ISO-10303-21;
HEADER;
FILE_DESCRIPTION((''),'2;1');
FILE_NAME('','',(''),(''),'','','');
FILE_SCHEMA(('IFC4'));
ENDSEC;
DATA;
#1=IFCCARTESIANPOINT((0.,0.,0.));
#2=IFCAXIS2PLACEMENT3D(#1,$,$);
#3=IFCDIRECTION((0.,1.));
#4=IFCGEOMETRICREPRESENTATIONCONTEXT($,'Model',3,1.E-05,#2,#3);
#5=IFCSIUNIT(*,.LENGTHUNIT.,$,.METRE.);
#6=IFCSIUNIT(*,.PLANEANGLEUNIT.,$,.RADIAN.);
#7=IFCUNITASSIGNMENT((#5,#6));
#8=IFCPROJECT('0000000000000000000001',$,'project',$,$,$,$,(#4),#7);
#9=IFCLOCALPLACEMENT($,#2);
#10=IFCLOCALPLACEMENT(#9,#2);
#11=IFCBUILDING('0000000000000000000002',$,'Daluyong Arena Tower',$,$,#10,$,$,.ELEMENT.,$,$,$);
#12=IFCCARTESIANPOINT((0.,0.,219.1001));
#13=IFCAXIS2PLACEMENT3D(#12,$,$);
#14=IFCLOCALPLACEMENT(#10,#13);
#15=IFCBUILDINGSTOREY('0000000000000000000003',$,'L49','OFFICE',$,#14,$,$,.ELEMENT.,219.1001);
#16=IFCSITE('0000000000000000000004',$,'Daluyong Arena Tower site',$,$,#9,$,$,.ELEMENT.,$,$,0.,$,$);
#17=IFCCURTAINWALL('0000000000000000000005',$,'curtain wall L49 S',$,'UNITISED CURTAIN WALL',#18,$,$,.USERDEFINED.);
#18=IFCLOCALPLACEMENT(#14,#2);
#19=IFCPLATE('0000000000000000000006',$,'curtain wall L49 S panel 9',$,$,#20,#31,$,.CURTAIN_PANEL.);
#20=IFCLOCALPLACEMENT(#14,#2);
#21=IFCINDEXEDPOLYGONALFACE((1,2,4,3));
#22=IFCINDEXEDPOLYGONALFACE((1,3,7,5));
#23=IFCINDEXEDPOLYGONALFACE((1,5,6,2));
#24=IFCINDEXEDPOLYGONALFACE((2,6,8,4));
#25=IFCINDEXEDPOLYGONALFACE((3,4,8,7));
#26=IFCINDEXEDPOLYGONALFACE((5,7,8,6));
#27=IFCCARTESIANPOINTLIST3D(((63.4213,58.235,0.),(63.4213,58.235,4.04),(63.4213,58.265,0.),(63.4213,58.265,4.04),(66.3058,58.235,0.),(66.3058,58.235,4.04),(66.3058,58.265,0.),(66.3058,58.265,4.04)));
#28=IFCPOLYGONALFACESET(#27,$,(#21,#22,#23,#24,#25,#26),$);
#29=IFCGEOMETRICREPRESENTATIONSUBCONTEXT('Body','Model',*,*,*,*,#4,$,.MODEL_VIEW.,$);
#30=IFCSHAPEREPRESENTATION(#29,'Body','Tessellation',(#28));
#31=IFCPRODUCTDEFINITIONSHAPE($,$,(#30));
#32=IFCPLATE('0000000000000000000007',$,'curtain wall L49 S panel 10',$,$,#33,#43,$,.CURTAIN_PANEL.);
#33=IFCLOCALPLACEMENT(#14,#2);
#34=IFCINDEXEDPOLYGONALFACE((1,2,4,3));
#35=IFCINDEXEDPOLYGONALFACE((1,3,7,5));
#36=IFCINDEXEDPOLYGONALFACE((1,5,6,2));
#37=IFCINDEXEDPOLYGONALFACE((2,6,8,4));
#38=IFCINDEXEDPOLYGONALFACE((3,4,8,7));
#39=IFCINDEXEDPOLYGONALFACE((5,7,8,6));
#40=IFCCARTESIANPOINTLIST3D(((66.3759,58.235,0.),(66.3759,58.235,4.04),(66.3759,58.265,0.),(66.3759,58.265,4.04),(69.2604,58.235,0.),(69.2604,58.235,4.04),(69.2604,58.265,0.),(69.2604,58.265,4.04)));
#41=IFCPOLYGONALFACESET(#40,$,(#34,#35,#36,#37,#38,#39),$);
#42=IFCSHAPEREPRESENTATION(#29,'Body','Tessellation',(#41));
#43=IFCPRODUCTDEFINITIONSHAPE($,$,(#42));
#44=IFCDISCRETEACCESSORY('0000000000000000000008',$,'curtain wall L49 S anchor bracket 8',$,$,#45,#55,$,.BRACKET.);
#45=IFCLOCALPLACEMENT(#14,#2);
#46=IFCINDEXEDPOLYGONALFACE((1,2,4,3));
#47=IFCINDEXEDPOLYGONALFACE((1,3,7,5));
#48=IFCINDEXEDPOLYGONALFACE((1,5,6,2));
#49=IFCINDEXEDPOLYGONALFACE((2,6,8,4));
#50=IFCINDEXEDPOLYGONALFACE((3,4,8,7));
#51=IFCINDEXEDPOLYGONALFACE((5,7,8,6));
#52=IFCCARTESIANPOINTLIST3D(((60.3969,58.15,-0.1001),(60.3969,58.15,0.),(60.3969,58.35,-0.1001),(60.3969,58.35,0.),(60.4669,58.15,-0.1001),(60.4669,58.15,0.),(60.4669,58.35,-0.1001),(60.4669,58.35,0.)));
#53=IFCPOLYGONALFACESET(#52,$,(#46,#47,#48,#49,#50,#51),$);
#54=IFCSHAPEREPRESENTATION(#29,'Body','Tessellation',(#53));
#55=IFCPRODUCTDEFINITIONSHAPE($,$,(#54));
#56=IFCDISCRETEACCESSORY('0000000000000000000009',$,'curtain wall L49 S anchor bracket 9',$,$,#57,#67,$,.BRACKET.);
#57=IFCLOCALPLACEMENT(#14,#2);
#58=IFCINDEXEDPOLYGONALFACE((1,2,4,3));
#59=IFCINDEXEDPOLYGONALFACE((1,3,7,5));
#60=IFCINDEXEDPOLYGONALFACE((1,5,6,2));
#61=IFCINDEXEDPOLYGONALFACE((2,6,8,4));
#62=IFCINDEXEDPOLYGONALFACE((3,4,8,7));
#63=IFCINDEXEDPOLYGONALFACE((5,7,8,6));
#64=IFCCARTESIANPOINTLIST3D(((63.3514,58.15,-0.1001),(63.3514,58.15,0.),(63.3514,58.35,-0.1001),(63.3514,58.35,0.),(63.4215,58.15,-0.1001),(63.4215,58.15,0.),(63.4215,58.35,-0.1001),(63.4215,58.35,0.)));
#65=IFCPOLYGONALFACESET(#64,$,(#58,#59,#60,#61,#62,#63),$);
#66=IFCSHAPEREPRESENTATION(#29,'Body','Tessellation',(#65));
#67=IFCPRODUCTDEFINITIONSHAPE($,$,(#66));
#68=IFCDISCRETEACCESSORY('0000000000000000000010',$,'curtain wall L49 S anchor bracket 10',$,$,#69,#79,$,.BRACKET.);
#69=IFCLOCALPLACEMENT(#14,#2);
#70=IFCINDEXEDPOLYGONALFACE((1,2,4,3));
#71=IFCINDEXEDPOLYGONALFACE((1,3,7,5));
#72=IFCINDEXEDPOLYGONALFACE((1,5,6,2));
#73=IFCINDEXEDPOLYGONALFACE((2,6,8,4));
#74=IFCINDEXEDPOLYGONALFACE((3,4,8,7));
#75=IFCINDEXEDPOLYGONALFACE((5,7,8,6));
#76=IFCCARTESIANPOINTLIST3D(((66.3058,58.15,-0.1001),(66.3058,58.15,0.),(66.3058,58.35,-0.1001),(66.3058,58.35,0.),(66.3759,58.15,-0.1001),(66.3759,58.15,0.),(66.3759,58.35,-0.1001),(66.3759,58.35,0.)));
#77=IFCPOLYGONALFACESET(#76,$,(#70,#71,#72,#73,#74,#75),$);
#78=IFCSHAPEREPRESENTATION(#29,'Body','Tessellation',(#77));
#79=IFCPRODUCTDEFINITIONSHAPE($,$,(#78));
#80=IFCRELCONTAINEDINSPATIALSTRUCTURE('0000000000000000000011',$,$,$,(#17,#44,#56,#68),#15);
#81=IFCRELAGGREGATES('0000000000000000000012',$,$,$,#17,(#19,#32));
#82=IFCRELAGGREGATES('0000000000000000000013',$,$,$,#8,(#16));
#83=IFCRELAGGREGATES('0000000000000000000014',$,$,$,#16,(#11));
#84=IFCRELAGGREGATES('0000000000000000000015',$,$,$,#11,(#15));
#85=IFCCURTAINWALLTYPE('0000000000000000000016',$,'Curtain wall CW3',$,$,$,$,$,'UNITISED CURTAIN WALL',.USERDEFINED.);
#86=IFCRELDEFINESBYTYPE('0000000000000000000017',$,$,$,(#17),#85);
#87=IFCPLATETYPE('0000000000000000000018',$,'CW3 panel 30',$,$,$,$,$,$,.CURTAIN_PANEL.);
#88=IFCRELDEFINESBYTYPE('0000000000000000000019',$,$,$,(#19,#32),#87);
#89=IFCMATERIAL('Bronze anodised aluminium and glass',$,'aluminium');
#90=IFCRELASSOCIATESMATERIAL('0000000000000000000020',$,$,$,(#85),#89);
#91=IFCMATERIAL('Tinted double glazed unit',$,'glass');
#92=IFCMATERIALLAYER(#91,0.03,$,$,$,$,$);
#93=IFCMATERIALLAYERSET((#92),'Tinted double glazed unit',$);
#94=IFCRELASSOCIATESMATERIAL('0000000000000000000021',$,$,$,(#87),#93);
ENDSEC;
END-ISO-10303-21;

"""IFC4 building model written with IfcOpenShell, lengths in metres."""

from ifc_helpers import new_model, si_unit, direction, frame, origin, origin_2d, place, context, subcontext, project, spatial, rectangle, extrude, material, layer, layer_set, type_object, element, aggregate, save


model = new_model("IFC4")

# Units and contexts
model_context = context("Model", 3, precision=1e-05, world=origin(), true_north=direction((0.0, 1.0)))
body_context = subcontext(model_context, "Body", "Model", "MODEL_VIEW")
ifc_project = project(units=[si_unit("LENGTHUNIT", "METRE"), si_unit("PLANEANGLEUNIT", "RADIAN")], contexts=[model_context])

# Site, building, storey
site_placement = place(None, origin())
site = spatial("IfcSite", under=ifc_project, at=site_placement, Name="Daluyong Arena Tower site", CompositionType="ELEMENT", RefElevation=0.0)
building_placement = place(site_placement, origin())
building = spatial("IfcBuilding", under=site, at=building_placement, Name="Daluyong Arena Tower", CompositionType="ELEMENT")
storey_placement = place(building_placement, frame((0.0, 0.0, 219.1001)))
storey = spatial("IfcBuildingStorey", under=building, at=storey_placement, Name="L49", Description="OFFICE", CompositionType="ELEMENT", Elevation=219.1001)

# Curtain wall
ifc_material_1 = material(Name="Bronze anodised aluminium and glass", Category="aluminium")
curtain_wall_type = type_object("IfcCurtainWallType", Name="Curtain wall CW3", ElementType="UNITISED CURTAIN WALL", PredefinedType="USERDEFINED", material=ifc_material_1)
curtain_wall_placement = place(storey_placement, origin())
curtain_wall = element("IfcCurtainWall", 1, at=curtain_wall_placement, inside=storey, type_object=curtain_wall_type, Name="curtain wall L49 S", ObjectType="UNITISED CURTAIN WALL", PredefinedType="USERDEFINED")

# Plates
ifc_material_2 = material(Name="Tinted double glazed unit", Category="glass")
ifc_layer = layer(ifc_material_2, 0.03)
ifc_layer_set = layer_set([ifc_layer], Name="Tinted double glazed unit")
plate_type = type_object("IfcPlateType", Name="CW3 panel 30", PredefinedType="CURTAIN_PANEL", material=ifc_layer_set)
plate_1_placement = place(storey_placement, frame((64.8635, 58.25, 0.0), z_axis=(0.0, 0.0, 1.0), x_axis=(1.0, 0.0, 0.0)))
plate_1 = element("IfcPlate", 2, at=plate_1_placement, type_object=plate_type, Name="curtain wall L49 S panel 9", PredefinedType="CURTAIN_PANEL", context=body_context, shape_type="SweptSolid", body=[
    extrude(rectangle(XDim=2.8845, YDim=0.03, at=origin_2d()), origin(), (0.0, 0.0, 1.0), 4.04),
])
plate_2_placement = place(storey_placement, frame((67.8181, 58.25, 0.0), z_axis=(0.0, 0.0, 1.0), x_axis=(1.0, 0.0, 0.0)))
plate_2 = element("IfcPlate", 3, at=plate_2_placement, type_object=plate_type, Name="curtain wall L49 S panel 10", PredefinedType="CURTAIN_PANEL", context=body_context, shape_type="SweptSolid", body=[
    extrude(rectangle(XDim=2.8845, YDim=0.03, at=origin_2d()), origin(), (0.0, 0.0, 1.0), 4.04),
])
aggregate(curtain_wall, [plate_1, plate_2])

# Discrete accessories
for number, where, z_axis, x_axis, name in (
    (4, (60.4319, 58.25, -0.1001), (0.0, 0.0, 1.0), (1.0, 0.0, 0.0), "curtain wall L49 S anchor bracket 8"),
    (5, (63.3865, 58.25, -0.1001), (0.0, 0.0, 1.0), (1.0, 0.0, 0.0), "curtain wall L49 S anchor bracket 9"),
    (6, (66.3408, 58.25, -0.1001), (0.0, 0.0, 1.0), (1.0, 0.0, 0.0), "curtain wall L49 S anchor bracket 10"),
):
    element("IfcDiscreteAccessory", number, at=place(storey_placement, frame(where, z_axis=z_axis, x_axis=x_axis)), inside=storey, Name=name, PredefinedType="BRACKET", context=body_context, shape_type="SweptSolid", body=[
        extrude(rectangle(XDim=0.0701, YDim=0.2, at=origin_2d()), origin(), (0.0, 0.0, 1.0), 0.1001),
    ])

save(model, "model.ifc")
